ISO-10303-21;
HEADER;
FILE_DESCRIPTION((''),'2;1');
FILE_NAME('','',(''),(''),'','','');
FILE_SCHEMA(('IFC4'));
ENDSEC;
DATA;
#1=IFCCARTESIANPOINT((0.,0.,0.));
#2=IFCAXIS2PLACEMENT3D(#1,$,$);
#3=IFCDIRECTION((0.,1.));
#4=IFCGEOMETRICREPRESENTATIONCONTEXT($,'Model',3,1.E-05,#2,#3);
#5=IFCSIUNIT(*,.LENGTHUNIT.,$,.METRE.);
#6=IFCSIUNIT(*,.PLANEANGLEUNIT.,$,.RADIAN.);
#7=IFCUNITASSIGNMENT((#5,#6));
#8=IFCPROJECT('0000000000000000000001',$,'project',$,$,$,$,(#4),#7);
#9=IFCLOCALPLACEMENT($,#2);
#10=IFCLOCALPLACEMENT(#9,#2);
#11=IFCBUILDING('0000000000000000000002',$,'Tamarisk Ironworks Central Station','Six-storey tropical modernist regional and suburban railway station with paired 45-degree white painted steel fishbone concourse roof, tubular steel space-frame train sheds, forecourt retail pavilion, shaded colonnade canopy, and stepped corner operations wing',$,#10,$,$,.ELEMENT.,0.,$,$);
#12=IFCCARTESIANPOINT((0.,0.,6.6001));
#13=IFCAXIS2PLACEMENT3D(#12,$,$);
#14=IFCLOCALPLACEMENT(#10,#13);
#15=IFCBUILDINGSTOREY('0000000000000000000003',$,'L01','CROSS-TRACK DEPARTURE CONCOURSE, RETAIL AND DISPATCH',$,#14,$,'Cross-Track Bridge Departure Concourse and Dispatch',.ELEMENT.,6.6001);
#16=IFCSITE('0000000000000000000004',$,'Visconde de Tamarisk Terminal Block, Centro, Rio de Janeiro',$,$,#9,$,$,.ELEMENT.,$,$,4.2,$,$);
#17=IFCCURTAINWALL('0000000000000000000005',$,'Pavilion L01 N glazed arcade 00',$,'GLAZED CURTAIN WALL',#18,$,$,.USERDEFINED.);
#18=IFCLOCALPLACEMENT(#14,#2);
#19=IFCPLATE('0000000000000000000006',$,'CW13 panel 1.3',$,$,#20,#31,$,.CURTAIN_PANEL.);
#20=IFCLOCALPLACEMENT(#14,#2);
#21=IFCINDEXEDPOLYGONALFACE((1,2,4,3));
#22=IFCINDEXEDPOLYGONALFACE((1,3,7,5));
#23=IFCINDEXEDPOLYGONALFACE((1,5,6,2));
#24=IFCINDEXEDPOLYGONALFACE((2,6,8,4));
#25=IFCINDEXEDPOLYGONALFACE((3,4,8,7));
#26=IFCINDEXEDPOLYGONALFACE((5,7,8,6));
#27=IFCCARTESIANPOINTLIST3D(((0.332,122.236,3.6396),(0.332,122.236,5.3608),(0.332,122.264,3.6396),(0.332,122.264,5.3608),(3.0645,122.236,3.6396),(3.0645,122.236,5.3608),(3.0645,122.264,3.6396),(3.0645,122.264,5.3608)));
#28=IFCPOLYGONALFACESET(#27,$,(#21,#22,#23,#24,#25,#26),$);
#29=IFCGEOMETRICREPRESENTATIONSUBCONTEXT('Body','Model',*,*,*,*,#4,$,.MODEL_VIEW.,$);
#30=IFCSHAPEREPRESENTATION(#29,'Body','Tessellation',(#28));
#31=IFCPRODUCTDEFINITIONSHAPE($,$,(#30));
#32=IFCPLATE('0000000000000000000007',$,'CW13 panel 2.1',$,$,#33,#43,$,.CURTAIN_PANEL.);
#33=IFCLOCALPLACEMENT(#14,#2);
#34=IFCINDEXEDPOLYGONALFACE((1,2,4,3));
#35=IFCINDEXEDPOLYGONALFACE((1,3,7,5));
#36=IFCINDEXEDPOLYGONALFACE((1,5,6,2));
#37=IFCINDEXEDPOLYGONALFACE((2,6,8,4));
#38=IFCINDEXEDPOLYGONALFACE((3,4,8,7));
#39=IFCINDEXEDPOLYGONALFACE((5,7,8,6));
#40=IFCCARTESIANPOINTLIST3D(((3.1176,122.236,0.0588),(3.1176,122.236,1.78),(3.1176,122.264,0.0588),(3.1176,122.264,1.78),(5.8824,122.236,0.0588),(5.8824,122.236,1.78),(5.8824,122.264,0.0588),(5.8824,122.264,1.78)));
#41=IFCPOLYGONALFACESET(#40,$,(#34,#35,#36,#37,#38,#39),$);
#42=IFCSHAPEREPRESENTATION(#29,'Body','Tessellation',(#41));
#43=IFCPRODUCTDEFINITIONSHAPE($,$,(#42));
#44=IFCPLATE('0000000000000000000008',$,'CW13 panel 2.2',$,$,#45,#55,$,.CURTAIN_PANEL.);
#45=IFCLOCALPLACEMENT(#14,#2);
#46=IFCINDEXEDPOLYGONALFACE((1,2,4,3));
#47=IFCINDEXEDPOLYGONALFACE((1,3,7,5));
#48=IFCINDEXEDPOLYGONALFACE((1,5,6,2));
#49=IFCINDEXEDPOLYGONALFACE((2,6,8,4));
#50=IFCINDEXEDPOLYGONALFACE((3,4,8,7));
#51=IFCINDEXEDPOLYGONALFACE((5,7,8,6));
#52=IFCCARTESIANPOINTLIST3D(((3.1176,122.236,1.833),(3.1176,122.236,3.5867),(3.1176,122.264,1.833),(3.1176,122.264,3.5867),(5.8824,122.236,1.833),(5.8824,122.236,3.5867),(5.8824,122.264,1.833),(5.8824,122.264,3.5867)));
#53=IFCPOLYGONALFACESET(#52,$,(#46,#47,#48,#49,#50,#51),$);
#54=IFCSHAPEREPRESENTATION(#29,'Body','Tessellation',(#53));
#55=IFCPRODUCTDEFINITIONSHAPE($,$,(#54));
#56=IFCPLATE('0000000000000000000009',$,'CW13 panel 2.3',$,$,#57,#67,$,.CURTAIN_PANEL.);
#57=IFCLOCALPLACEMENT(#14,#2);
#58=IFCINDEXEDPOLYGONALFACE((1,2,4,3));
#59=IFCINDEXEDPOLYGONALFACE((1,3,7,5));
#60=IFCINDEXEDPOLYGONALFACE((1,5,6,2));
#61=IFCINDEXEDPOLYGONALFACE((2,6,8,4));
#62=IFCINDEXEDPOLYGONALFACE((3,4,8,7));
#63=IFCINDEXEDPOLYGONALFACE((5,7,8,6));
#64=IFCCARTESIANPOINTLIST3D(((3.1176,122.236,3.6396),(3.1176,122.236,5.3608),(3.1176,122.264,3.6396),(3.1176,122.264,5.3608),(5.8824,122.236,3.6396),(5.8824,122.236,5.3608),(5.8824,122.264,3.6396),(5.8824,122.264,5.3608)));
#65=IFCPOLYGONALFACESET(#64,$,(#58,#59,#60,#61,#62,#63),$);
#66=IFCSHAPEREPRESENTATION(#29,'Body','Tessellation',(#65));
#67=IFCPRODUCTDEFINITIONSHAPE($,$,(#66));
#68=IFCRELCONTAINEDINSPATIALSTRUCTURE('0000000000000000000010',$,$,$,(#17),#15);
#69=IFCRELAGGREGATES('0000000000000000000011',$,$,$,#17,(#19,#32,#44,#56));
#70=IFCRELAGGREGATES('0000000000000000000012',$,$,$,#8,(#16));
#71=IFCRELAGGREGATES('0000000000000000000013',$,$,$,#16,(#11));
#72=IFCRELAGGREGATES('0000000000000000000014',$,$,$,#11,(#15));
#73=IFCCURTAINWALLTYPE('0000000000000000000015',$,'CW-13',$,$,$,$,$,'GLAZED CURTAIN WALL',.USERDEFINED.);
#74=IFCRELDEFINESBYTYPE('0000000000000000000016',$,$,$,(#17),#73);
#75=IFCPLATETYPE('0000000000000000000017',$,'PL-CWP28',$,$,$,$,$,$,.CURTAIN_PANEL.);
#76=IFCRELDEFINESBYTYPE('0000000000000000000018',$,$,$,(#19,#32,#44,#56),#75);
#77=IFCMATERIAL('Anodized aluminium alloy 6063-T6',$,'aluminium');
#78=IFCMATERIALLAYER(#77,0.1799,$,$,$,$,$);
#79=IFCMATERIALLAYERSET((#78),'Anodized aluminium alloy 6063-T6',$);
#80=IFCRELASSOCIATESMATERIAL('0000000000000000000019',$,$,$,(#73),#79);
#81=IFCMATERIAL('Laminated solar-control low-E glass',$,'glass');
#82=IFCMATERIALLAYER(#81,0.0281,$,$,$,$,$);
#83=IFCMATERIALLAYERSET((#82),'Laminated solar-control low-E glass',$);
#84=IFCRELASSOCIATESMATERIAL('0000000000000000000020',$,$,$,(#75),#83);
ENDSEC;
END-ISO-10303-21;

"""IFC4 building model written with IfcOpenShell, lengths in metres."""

from ifc_helpers import new_model, si_unit, direction, frame, origin, origin_2d, place, context, subcontext, project, spatial, rectangle, extrude, material, layer, layer_set, type_object, element, aggregate, save


model = new_model("IFC4")

# Units and contexts
model_context = context("Model", 3, precision=1e-05, world=origin(), true_north=direction((0.0, 1.0)))
body_context = subcontext(model_context, "Body", "Model", "MODEL_VIEW")
ifc_project = project(units=[si_unit("LENGTHUNIT", "METRE"), si_unit("PLANEANGLEUNIT", "RADIAN")], contexts=[model_context])

# Site, building, storey
site_placement = place(None, origin())
site = spatial("IfcSite", under=ifc_project, at=site_placement, Name="Visconde de Tamarisk Terminal Block, Centro, Rio de Janeiro", CompositionType="ELEMENT", RefElevation=4.2)
building_placement = place(site_placement, origin())
building = spatial("IfcBuilding", under=site, at=building_placement, Name="Tamarisk Ironworks Central Station", Description="Six-storey tropical modernist regional and suburban railway station with paired 45-degree white painted steel fishbone concourse roof, tubular steel space-frame train sheds, forecourt retail pavilion, shaded colonnade canopy, and stepped corner operations wing", CompositionType="ELEMENT", ElevationOfRefHeight=0.0)
storey_placement = place(building_placement, frame((0.0, 0.0, 6.6001)))
storey = spatial("IfcBuildingStorey", under=building, at=storey_placement, Name="L01", Description="CROSS-TRACK DEPARTURE CONCOURSE, RETAIL AND DISPATCH", LongName="Cross-Track Bridge Departure Concourse and Dispatch", CompositionType="ELEMENT", Elevation=6.6001)

# Curtain wall, plates
ifc_material_1 = material(Name="Anodized aluminium alloy 6063-T6", Category="aluminium")
ifc_layer_1 = layer(ifc_material_1, 0.1799)
ifc_layer_set_1 = layer_set([ifc_layer_1], Name="Anodized aluminium alloy 6063-T6")
curtain_wall_type = type_object("IfcCurtainWallType", Name="CW-13", ElementType="GLAZED CURTAIN WALL", PredefinedType="USERDEFINED", material=ifc_layer_set_1)
curtain_wall_placement = place(storey_placement, origin())
curtain_wall = element("IfcCurtainWall", 1, at=curtain_wall_placement, inside=storey, type_object=curtain_wall_type, Name="Pavilion L01 N glazed arcade 00", ObjectType="GLAZED CURTAIN WALL", PredefinedType="USERDEFINED")
ifc_material_2 = material(Name="Laminated solar-control low-E glass", Category="glass")
ifc_layer_2 = layer(ifc_material_2, 0.0281)
ifc_layer_set_2 = layer_set([ifc_layer_2], Name="Laminated solar-control low-E glass")
plate_type = type_object("IfcPlateType", Name="PL-CWP28", PredefinedType="CURTAIN_PANEL", material=ifc_layer_set_2)
plate_1_placement = place(storey_placement, frame((1.6982, 122.25, 3.6396), z_axis=(0.0, 0.0, 1.0), x_axis=(1.0, 0.0, 0.0)))
plate_1 = element("IfcPlate", 2, at=plate_1_placement, type_object=plate_type, Name="CW13 panel 1.3", PredefinedType="CURTAIN_PANEL", context=body_context, shape_type="SweptSolid", body=[
    extrude(rectangle(XDim=2.7324, YDim=0.0281, at=origin_2d()), origin(), (0.0, 0.0, 1.0), 1.7212),
])
plate_2_placement = place(storey_placement, frame((4.5, 122.25, 0.0588), z_axis=(0.0, 0.0, 1.0), x_axis=(1.0, 0.0, 0.0)))
plate_2 = element("IfcPlate", 3, at=plate_2_placement, type_object=plate_type, Name="CW13 panel 2.1", PredefinedType="CURTAIN_PANEL", context=body_context, shape_type="SweptSolid", body=[
    extrude(rectangle(XDim=2.7649, YDim=0.0281, at=origin_2d()), origin(), (0.0, 0.0, 1.0), 1.7212),
])
plate_3_placement = place(storey_placement, frame((4.5, 122.25, 1.833), z_axis=(0.0, 0.0, 1.0), x_axis=(1.0, 0.0, 0.0)))
plate_3 = element("IfcPlate", 4, at=plate_3_placement, type_object=plate_type, Name="CW13 panel 2.2", PredefinedType="CURTAIN_PANEL", context=body_context, shape_type="SweptSolid", body=[
    extrude(rectangle(XDim=2.7649, YDim=0.0281, at=origin_2d()), origin(), (0.0, 0.0, 1.0), 1.7537),
])
plate_4_placement = place(storey_placement, frame((4.5, 122.25, 3.6396), z_axis=(0.0, 0.0, 1.0), x_axis=(1.0, 0.0, 0.0)))
plate_4 = element("IfcPlate", 5, at=plate_4_placement, type_object=plate_type, Name="CW13 panel 2.3", PredefinedType="CURTAIN_PANEL", context=body_context, shape_type="SweptSolid", body=[
    extrude(rectangle(XDim=2.7649, YDim=0.0281, at=origin_2d()), origin(), (0.0, 0.0, 1.0), 1.7212),
])
aggregate(curtain_wall, [plate_1, plate_2, plate_3, plate_4])

save(model, "model.ifc")
